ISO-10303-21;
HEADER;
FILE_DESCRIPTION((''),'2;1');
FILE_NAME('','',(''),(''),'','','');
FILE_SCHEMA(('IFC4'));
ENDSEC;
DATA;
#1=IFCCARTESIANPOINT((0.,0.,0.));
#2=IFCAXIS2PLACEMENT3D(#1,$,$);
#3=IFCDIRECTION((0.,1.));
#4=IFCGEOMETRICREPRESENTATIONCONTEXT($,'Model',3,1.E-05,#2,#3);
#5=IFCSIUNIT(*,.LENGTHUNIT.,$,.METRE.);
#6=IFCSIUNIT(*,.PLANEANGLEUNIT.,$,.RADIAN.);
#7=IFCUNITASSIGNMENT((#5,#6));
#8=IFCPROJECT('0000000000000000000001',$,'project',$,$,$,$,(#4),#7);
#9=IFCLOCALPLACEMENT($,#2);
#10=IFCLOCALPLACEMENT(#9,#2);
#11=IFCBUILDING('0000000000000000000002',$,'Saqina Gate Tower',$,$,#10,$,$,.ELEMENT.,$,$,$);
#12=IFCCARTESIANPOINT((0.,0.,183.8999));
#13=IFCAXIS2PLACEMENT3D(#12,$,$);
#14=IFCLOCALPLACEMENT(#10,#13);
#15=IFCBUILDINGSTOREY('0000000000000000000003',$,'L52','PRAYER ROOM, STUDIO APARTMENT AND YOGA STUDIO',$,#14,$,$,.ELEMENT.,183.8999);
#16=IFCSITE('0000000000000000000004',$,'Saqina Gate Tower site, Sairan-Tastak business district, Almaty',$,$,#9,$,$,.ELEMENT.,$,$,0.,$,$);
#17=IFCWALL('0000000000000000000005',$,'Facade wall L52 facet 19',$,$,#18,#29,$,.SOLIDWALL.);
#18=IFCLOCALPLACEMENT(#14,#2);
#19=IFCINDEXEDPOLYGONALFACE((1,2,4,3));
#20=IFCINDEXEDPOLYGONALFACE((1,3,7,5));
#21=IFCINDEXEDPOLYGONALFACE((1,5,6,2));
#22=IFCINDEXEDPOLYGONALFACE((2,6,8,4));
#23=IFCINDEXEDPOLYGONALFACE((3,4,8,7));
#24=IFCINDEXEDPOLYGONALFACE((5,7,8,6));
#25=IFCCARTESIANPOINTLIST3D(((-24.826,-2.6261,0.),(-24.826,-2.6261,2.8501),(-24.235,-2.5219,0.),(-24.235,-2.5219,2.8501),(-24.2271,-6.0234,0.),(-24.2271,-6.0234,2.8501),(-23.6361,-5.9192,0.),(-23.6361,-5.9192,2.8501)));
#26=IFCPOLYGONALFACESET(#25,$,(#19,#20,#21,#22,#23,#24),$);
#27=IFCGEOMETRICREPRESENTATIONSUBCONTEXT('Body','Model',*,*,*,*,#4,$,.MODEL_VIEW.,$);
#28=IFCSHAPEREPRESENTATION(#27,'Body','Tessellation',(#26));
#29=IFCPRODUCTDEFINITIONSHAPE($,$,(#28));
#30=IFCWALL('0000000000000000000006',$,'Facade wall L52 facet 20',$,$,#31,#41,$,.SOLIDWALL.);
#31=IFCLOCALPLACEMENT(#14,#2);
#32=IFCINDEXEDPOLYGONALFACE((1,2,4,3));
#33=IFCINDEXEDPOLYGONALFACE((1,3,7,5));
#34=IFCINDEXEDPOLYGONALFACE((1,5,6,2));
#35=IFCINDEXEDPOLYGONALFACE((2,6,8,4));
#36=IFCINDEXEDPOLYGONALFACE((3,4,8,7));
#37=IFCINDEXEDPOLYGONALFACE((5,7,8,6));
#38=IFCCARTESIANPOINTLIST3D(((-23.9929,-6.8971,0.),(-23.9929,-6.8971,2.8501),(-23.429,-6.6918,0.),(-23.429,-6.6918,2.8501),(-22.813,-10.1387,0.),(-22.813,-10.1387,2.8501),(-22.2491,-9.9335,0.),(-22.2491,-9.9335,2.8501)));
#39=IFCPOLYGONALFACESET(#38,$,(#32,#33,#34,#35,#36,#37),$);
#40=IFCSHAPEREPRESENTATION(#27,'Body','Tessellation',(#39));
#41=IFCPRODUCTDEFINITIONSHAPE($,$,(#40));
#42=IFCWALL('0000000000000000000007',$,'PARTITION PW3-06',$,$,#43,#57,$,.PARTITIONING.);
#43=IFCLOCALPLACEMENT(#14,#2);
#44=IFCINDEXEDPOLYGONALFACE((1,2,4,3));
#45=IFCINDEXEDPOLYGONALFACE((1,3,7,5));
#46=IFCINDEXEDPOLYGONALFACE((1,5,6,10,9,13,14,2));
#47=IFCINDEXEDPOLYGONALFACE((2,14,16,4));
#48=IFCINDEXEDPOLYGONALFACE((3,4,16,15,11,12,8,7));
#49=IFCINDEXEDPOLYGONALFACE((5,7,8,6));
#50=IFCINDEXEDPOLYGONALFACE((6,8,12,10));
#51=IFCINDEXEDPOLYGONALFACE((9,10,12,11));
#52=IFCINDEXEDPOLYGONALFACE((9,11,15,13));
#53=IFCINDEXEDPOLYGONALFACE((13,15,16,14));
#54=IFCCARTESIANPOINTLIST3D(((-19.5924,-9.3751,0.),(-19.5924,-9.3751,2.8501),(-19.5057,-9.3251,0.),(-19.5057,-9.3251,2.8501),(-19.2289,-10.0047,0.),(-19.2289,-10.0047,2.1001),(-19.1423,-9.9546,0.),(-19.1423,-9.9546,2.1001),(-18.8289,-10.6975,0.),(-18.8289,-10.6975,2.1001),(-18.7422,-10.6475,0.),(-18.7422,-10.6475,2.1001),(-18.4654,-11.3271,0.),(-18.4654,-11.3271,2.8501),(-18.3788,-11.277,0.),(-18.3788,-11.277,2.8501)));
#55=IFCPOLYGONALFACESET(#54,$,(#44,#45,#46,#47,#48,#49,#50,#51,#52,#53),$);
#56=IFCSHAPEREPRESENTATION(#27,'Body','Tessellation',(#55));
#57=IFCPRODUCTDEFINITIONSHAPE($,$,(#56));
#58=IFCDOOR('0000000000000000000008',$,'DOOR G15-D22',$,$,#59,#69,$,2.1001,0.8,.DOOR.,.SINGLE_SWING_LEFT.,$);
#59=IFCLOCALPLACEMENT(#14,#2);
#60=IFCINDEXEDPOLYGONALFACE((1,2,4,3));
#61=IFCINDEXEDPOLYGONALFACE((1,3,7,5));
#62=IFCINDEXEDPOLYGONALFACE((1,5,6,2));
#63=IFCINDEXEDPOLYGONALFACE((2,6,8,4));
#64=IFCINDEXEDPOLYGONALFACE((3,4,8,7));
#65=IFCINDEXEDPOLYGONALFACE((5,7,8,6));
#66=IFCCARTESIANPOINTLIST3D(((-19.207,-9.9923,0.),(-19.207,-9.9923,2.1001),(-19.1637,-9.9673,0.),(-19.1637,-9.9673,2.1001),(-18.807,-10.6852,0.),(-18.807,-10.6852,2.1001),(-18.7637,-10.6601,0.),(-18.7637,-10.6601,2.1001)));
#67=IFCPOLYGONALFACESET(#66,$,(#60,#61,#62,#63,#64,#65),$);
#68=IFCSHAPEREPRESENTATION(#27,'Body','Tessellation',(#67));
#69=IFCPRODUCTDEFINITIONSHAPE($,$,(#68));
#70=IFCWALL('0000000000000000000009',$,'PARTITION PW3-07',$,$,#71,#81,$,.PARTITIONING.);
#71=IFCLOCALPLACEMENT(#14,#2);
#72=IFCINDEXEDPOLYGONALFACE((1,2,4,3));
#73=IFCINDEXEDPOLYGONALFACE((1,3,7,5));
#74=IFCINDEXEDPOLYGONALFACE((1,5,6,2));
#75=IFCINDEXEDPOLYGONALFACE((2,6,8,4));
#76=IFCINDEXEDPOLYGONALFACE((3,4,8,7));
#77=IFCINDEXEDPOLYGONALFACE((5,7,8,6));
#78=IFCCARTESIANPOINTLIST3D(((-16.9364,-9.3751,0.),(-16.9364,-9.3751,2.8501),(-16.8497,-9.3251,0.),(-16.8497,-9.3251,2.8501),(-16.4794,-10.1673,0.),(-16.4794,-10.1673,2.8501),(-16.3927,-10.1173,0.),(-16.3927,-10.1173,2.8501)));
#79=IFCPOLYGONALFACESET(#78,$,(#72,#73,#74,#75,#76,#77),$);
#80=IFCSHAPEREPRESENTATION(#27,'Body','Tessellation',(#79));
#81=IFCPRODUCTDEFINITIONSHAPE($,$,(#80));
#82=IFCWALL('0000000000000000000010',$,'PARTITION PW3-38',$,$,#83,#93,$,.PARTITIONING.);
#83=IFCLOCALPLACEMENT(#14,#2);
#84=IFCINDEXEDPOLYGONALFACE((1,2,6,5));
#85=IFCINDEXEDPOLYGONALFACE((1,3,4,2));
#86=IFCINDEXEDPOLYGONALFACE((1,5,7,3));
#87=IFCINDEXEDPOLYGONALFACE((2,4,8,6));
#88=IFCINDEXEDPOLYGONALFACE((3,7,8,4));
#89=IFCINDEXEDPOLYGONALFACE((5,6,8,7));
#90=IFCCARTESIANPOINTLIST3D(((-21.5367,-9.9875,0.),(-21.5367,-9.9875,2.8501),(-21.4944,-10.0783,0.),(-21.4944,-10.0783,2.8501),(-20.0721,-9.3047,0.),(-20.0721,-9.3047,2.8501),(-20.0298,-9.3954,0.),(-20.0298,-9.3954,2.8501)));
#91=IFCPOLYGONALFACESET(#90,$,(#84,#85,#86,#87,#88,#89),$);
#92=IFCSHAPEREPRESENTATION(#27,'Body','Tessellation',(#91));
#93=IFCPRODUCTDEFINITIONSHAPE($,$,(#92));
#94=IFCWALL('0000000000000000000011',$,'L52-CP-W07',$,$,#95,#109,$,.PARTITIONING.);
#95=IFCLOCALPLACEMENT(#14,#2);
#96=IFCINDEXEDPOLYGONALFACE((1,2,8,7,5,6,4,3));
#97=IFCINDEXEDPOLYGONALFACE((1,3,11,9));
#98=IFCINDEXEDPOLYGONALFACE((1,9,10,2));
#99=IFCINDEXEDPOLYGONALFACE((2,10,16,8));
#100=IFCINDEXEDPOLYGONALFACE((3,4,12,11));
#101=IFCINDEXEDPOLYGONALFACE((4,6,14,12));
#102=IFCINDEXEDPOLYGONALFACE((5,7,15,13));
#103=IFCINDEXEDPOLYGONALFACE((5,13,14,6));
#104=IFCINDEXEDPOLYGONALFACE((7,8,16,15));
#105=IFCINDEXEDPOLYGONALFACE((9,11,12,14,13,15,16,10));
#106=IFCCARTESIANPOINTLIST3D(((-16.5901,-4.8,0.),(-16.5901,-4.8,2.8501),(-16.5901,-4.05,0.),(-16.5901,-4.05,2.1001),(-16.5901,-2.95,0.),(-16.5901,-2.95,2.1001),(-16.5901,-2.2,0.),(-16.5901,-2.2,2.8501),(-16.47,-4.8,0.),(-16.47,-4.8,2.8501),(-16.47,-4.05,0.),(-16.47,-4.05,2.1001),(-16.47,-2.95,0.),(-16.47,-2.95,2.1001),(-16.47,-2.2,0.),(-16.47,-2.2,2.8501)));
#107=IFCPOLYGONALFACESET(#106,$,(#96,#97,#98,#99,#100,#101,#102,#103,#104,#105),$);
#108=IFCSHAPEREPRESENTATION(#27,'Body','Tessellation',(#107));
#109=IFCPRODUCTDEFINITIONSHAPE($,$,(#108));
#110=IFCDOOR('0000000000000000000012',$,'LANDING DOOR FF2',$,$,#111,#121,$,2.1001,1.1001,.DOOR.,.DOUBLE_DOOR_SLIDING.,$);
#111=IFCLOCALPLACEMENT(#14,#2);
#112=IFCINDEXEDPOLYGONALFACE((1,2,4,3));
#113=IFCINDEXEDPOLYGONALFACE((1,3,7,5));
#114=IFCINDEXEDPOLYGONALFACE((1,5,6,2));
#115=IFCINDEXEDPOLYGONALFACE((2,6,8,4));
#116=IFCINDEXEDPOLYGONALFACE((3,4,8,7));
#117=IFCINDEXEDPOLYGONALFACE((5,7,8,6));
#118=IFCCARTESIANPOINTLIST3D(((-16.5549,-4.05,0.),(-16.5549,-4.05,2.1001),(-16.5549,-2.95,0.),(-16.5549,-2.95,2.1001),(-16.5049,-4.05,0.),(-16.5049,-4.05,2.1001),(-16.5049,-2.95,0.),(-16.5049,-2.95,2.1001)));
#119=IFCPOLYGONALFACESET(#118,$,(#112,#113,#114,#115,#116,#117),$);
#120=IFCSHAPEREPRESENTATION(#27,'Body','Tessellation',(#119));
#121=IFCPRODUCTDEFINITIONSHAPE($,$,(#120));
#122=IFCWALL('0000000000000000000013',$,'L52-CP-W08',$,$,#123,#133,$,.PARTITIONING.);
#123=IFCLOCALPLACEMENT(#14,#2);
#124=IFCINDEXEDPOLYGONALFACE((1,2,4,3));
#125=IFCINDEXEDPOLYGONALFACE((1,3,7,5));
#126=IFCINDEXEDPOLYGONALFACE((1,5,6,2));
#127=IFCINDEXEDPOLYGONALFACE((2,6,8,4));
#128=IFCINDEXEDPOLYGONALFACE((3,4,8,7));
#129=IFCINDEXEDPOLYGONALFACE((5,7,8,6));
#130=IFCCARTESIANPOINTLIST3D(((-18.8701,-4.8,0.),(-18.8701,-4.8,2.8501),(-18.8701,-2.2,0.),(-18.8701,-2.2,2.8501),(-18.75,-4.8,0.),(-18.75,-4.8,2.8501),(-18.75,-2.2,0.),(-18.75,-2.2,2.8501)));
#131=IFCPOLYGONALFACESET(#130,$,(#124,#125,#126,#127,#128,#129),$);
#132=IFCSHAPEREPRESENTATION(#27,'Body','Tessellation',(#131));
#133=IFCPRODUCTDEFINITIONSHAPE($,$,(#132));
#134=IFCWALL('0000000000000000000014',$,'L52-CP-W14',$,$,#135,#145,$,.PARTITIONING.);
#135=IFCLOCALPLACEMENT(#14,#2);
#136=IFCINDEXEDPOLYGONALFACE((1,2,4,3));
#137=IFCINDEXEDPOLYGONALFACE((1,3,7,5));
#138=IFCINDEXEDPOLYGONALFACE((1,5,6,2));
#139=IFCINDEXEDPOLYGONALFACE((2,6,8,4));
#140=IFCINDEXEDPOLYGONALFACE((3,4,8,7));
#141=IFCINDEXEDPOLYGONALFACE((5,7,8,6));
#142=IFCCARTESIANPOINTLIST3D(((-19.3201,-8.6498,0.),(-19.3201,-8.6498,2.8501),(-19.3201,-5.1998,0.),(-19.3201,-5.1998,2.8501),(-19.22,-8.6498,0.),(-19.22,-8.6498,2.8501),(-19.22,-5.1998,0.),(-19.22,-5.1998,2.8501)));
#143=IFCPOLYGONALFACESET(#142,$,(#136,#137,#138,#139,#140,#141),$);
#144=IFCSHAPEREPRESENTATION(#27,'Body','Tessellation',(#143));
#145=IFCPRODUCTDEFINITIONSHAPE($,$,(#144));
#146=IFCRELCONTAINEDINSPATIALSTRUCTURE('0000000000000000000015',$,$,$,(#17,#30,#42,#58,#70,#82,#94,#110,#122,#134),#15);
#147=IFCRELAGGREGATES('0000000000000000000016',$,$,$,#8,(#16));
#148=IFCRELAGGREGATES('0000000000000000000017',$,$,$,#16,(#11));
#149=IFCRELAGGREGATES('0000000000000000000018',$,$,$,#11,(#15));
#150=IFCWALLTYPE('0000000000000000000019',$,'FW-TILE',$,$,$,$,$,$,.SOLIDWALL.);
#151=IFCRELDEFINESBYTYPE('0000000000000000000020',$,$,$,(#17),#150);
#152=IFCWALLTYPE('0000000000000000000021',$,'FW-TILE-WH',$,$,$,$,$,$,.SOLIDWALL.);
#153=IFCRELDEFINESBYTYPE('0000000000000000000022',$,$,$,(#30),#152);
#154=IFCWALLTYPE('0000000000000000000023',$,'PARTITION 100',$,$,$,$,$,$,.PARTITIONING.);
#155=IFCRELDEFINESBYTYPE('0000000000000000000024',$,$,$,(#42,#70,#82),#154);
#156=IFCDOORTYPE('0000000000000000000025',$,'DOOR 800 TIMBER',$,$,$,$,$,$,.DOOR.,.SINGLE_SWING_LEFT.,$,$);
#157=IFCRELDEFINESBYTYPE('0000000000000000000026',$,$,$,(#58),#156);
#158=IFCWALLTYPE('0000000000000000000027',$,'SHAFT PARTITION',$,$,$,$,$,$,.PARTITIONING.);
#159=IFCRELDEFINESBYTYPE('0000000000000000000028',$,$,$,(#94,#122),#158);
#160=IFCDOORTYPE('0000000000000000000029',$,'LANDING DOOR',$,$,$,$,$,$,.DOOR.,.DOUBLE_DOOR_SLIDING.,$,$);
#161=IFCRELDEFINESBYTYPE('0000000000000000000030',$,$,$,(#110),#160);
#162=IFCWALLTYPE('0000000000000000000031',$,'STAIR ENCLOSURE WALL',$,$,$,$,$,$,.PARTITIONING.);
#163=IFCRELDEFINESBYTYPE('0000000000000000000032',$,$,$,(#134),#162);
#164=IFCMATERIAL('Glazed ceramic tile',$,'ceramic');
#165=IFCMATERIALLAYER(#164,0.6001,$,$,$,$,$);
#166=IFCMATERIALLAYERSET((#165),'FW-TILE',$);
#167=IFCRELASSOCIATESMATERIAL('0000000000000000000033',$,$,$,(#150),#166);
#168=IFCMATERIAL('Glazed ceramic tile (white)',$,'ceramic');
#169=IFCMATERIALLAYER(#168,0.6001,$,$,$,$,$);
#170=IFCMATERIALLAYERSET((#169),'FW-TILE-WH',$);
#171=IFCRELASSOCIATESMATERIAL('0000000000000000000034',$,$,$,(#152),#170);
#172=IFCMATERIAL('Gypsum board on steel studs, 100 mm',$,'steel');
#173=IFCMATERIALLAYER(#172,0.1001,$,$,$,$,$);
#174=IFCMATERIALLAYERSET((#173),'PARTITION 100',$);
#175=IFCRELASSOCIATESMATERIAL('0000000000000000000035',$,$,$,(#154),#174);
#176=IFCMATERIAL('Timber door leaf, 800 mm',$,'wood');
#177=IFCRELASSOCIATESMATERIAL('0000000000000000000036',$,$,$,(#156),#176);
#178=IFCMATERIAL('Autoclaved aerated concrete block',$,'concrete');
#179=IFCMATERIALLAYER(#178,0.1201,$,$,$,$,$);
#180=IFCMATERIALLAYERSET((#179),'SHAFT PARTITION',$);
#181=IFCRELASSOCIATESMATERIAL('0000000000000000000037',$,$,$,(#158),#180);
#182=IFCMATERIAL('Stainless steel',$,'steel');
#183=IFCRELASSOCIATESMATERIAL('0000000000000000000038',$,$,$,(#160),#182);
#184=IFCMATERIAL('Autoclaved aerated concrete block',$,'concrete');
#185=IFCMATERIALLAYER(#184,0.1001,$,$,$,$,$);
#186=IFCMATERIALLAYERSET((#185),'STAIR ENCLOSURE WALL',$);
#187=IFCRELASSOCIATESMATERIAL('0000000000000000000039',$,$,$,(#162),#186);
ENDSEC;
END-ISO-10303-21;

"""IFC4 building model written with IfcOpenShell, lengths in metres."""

from ifc_helpers import new_model, si_unit, direction, frame, frame_2d, origin, place, context, subcontext, project, spatial, rectangle, extrude, material, layer, layer_set, type_object, element, fill, save


model = new_model("IFC4")

# Units and contexts
model_context = context("Model", 3, precision=1e-05, world=origin(), true_north=direction((0.0, 1.0)))
body_context = subcontext(model_context, "Body", "Model", "MODEL_VIEW")
ifc_project = project(units=[si_unit("LENGTHUNIT", "METRE"), si_unit("PLANEANGLEUNIT", "RADIAN")], contexts=[model_context])

# Site, building, storey
site_placement = place(None, origin())
site = spatial("IfcSite", under=ifc_project, at=site_placement, Name="Saqina Gate Tower site, Sairan-Tastak business district, Almaty", CompositionType="ELEMENT", RefElevation=0.0)
building_placement = place(site_placement, origin())
building = spatial("IfcBuilding", under=site, at=building_placement, Name="Saqina Gate Tower", CompositionType="ELEMENT")
storey_placement = place(building_placement, frame((0.0, 0.0, 183.8999)))
storey = spatial("IfcBuildingStorey", under=building, at=storey_placement, Name="L52", Description="PRAYER ROOM, STUDIO APARTMENT AND YOGA STUDIO", CompositionType="ELEMENT", Elevation=183.8999)

# Walls
ifc_material_1 = material(Name="Glazed ceramic tile", Category="ceramic")
ifc_layer_1 = layer(ifc_material_1, 0.6001)
ifc_layer_set_1 = layer_set([ifc_layer_1], Name="FW-TILE")
wall_type_1 = type_object("IfcWallType", Name="FW-TILE", PredefinedType="SOLIDWALL", material=ifc_layer_set_1)
wall_1_placement = place(storey_placement, frame((-24.5305, -2.574, 0.0), z_axis=(0.0, 0.0, 1.0), x_axis=(0.173608, -0.984815, 0.0)))
element("IfcWall", 1, at=wall_1_placement, inside=storey, type_object=wall_type_1, Name="Facade wall L52 facet 19", PredefinedType="SOLIDWALL", context=body_context, shape_type="SweptSolid", body=[
    extrude(rectangle(XDim=3.4497, YDim=0.6001, at=frame_2d((1.7249, 0.0))), origin(), (0.0, 0.0, 1.0), 2.8501),
])
ifc_material_2 = material(Name="Glazed ceramic tile (white)", Category="ceramic")
ifc_layer_2 = layer(ifc_material_2, 0.6001)
ifc_layer_set_2 = layer_set([ifc_layer_2], Name="FW-TILE-WH")
wall_type_2 = type_object("IfcWallType", Name="FW-TILE-WH", PredefinedType="SOLIDWALL", material=ifc_layer_set_2)
wall_2_placement = place(storey_placement, frame((-23.7109, -6.7944, 0.0), z_axis=(0.0, 0.0, 1.0), x_axis=(0.342033, -0.939688, 0.0)))
element("IfcWall", 2, at=wall_2_placement, inside=storey, type_object=wall_type_2, Name="Facade wall L52 facet 20", PredefinedType="SOLIDWALL", context=body_context, shape_type="SweptSolid", body=[
    extrude(rectangle(XDim=3.4497, YDim=0.6001, at=frame_2d((1.7249, 0.0))), origin(), (0.0, 0.0, 1.0), 2.8501),
])

# Wall, opening, door
ifc_material_3 = material(Name="Gypsum board on steel studs, 100 mm", Category="steel")
ifc_layer_3 = layer(ifc_material_3, 0.1001)
ifc_layer_set_3 = layer_set([ifc_layer_3], Name="PARTITION 100")
wall_type_3 = type_object("IfcWallType", Name="PARTITION 100", PredefinedType="PARTITIONING", material=ifc_layer_set_3)
wall_3_placement = place(storey_placement, frame((-19.5491, -9.3501, 0.0), z_axis=(0.0, 0.0, 1.0), x_axis=(0.500007, -0.866021, 0.0)))
wall_3 = element("IfcWall", 3, at=wall_3_placement, inside=storey, type_object=wall_type_3, Name="PARTITION PW3-06", PredefinedType="PARTITIONING", context=body_context, shape_type="SweptSolid", body=[
    extrude(rectangle(XDim=2.2539, YDim=0.1001, at=frame_2d((1.127, 0.0))), origin(), (0.0, 0.0, 1.0), 2.8501),
])
opening_1_placement = place(wall_3_placement, frame((0.7271, 0.0, 0.0)))
opening_1 = element("IfcOpeningElement", 4, at=opening_1_placement, cuts=wall_3, PredefinedType="OPENING", context=body_context, shape_type="SweptSolid", body=[
    extrude(rectangle(XDim=0.8, YDim=2.1001, at=frame_2d((0.3999, 1.05))), frame((0.0, 0.062, 0.0), z_axis=(0.0, -1.0, 0.0), x_axis=(1.0, 0.0, 0.0)), (0.0, 0.0, 1.0), 0.124),
])
ifc_material_4 = material(Name="Timber door leaf, 800 mm", Category="wood")
door_type_1 = type_object("IfcDoorType", Name="DOOR 800 TIMBER", OperationType="SINGLE_SWING_LEFT", PredefinedType="DOOR", material=ifc_material_4)
door_1_placement = place(opening_1_placement, frame((0.8, 0.0, 0.0), z_axis=(0.0, 0.0, 1.0), x_axis=(-1.0, 0.0, 0.0)))
door_1 = element("IfcDoor", 5, at=door_1_placement, inside=storey, type_object=door_type_1, Name="DOOR G15-D22", OperationType="SINGLE_SWING_LEFT", OverallHeight=2.1001, OverallWidth=0.8, PredefinedType="DOOR", context=body_context, shape_type="SweptSolid", body=[
    extrude(rectangle(XDim=0.8, YDim=2.1001, at=frame_2d((0.3999, 1.05))), frame((0.0, 0.0249, 0.0), z_axis=(0.0, -1.0, 0.0), x_axis=(1.0, 0.0, 0.0)), (0.0, 0.0, 1.0), 0.05),
])
fill(opening_1, door_1)

# Walls
wall_4_placement = place(storey_placement, frame((-16.8931, -9.3501, 0.0), z_axis=(0.0, 0.0, 1.0), x_axis=(0.499699, -0.866199, 0.0)))
element("IfcWall", 6, at=wall_4_placement, inside=storey, type_object=wall_type_3, Name="PARTITION PW3-07", PredefinedType="PARTITIONING", context=body_context, shape_type="SweptSolid", body=[
    extrude(rectangle(XDim=0.9146, YDim=0.1001, at=frame_2d((0.4573, 0.0))), origin(), (0.0, 0.0, 1.0), 2.8501),
])
wall_5_placement = place(storey_placement, frame((-21.5156, -10.033, 0.0), z_axis=(0.0, 0.0, 1.0), x_axis=(0.90633, 0.422571, 0.0)))
element("IfcWall", 7, at=wall_5_placement, inside=storey, type_object=wall_type_3, Name="PARTITION PW3-38", PredefinedType="PARTITIONING", context=body_context, shape_type="SweptSolid", body=[
    extrude(rectangle(XDim=1.616, YDim=0.1001, at=frame_2d((0.8081, 0.0))), origin(), (0.0, 0.0, 1.0), 2.8501),
])

# Wall, opening, door
ifc_material_5 = material(Name="Autoclaved aerated concrete block", Category="concrete")
ifc_layer_4 = layer(ifc_material_5, 0.1201)
ifc_layer_set_4 = layer_set([ifc_layer_4], Name="SHAFT PARTITION")
wall_type_4 = type_object("IfcWallType", Name="SHAFT PARTITION", PredefinedType="PARTITIONING", material=ifc_layer_set_4)
wall_6_placement = place(storey_placement, frame((-16.53, -4.8, 0.0), z_axis=(0.0, 0.0, 1.0), x_axis=(0.0, 1.0, 0.0)))
wall_6 = element("IfcWall", 8, at=wall_6_placement, inside=storey, type_object=wall_type_4, Name="L52-CP-W07", PredefinedType="PARTITIONING", context=body_context, shape_type="SweptSolid", body=[
    extrude(rectangle(XDim=2.6001, YDim=0.1201, at=frame_2d((1.3, 0.0))), origin(), (0.0, 0.0, 1.0), 2.8501),
])
opening_2_placement = place(wall_6_placement, frame((0.75, 0.0, 0.0)))
opening_2 = element("IfcOpeningElement", 9, at=opening_2_placement, cuts=wall_6, PredefinedType="OPENING", context=body_context, shape_type="SweptSolid", body=[
    extrude(rectangle(XDim=1.1001, YDim=2.1001, at=frame_2d((0.55, 1.05))), frame((0.0, 0.072, 0.0), z_axis=(0.0, -1.0, 0.0), x_axis=(1.0, 0.0, 0.0)), (0.0, 0.0, 1.0), 0.144),
])
ifc_material_6 = material(Name="Stainless steel", Category="steel")
door_type_2 = type_object("IfcDoorType", Name="LANDING DOOR", OperationType="DOUBLE_DOOR_SLIDING", PredefinedType="DOOR", material=ifc_material_6)
door_2_placement = place(opening_2_placement, origin())
door_2 = element("IfcDoor", 10, at=door_2_placement, inside=storey, type_object=door_type_2, Name="LANDING DOOR FF2", OperationType="DOUBLE_DOOR_SLIDING", OverallHeight=2.1001, OverallWidth=1.1001, PredefinedType="DOOR", context=body_context, shape_type="SweptSolid", body=[
    extrude(rectangle(XDim=1.1001, YDim=2.1001, at=frame_2d((0.55, 1.05))), frame((0.0, 0.0249, 0.0), z_axis=(0.0, -1.0, 0.0), x_axis=(1.0, 0.0, 0.0)), (0.0, 0.0, 1.0), 0.05),
])
fill(opening_2, door_2)

# Walls
wall_7_placement = place(storey_placement, frame((-18.8101, -4.8, 0.0), z_axis=(0.0, 0.0, 1.0), x_axis=(0.0, 1.0, 0.0)))
element("IfcWall", 11, at=wall_7_placement, inside=storey, type_object=wall_type_4, Name="L52-CP-W08", PredefinedType="PARTITIONING", context=body_context, shape_type="SweptSolid", body=[
    extrude(rectangle(XDim=2.6001, YDim=0.1201, at=frame_2d((1.3, 0.0))), origin(), (0.0, 0.0, 1.0), 2.8501),
])
ifc_material_7 = material(Name="Autoclaved aerated concrete block", Category="concrete")
ifc_layer_5 = layer(ifc_material_7, 0.1001)
ifc_layer_set_5 = layer_set([ifc_layer_5], Name="STAIR ENCLOSURE WALL")
wall_type_5 = type_object("IfcWallType", Name="STAIR ENCLOSURE WALL", PredefinedType="PARTITIONING", material=ifc_layer_set_5)
wall_8_placement = place(storey_placement, frame((-19.27, -8.6499, 0.0), z_axis=(0.0, 0.0, 1.0), x_axis=(0.0, 1.0, 0.0)))
element("IfcWall", 12, at=wall_8_placement, inside=storey, type_object=wall_type_5, Name="L52-CP-W14", PredefinedType="PARTITIONING", context=body_context, shape_type="SweptSolid", body=[
    extrude(rectangle(XDim=3.45, YDim=0.1001, at=frame_2d((1.7251, 0.0))), origin(), (0.0, 0.0, 1.0), 2.8501),
])

save(model, "model.ifc")
